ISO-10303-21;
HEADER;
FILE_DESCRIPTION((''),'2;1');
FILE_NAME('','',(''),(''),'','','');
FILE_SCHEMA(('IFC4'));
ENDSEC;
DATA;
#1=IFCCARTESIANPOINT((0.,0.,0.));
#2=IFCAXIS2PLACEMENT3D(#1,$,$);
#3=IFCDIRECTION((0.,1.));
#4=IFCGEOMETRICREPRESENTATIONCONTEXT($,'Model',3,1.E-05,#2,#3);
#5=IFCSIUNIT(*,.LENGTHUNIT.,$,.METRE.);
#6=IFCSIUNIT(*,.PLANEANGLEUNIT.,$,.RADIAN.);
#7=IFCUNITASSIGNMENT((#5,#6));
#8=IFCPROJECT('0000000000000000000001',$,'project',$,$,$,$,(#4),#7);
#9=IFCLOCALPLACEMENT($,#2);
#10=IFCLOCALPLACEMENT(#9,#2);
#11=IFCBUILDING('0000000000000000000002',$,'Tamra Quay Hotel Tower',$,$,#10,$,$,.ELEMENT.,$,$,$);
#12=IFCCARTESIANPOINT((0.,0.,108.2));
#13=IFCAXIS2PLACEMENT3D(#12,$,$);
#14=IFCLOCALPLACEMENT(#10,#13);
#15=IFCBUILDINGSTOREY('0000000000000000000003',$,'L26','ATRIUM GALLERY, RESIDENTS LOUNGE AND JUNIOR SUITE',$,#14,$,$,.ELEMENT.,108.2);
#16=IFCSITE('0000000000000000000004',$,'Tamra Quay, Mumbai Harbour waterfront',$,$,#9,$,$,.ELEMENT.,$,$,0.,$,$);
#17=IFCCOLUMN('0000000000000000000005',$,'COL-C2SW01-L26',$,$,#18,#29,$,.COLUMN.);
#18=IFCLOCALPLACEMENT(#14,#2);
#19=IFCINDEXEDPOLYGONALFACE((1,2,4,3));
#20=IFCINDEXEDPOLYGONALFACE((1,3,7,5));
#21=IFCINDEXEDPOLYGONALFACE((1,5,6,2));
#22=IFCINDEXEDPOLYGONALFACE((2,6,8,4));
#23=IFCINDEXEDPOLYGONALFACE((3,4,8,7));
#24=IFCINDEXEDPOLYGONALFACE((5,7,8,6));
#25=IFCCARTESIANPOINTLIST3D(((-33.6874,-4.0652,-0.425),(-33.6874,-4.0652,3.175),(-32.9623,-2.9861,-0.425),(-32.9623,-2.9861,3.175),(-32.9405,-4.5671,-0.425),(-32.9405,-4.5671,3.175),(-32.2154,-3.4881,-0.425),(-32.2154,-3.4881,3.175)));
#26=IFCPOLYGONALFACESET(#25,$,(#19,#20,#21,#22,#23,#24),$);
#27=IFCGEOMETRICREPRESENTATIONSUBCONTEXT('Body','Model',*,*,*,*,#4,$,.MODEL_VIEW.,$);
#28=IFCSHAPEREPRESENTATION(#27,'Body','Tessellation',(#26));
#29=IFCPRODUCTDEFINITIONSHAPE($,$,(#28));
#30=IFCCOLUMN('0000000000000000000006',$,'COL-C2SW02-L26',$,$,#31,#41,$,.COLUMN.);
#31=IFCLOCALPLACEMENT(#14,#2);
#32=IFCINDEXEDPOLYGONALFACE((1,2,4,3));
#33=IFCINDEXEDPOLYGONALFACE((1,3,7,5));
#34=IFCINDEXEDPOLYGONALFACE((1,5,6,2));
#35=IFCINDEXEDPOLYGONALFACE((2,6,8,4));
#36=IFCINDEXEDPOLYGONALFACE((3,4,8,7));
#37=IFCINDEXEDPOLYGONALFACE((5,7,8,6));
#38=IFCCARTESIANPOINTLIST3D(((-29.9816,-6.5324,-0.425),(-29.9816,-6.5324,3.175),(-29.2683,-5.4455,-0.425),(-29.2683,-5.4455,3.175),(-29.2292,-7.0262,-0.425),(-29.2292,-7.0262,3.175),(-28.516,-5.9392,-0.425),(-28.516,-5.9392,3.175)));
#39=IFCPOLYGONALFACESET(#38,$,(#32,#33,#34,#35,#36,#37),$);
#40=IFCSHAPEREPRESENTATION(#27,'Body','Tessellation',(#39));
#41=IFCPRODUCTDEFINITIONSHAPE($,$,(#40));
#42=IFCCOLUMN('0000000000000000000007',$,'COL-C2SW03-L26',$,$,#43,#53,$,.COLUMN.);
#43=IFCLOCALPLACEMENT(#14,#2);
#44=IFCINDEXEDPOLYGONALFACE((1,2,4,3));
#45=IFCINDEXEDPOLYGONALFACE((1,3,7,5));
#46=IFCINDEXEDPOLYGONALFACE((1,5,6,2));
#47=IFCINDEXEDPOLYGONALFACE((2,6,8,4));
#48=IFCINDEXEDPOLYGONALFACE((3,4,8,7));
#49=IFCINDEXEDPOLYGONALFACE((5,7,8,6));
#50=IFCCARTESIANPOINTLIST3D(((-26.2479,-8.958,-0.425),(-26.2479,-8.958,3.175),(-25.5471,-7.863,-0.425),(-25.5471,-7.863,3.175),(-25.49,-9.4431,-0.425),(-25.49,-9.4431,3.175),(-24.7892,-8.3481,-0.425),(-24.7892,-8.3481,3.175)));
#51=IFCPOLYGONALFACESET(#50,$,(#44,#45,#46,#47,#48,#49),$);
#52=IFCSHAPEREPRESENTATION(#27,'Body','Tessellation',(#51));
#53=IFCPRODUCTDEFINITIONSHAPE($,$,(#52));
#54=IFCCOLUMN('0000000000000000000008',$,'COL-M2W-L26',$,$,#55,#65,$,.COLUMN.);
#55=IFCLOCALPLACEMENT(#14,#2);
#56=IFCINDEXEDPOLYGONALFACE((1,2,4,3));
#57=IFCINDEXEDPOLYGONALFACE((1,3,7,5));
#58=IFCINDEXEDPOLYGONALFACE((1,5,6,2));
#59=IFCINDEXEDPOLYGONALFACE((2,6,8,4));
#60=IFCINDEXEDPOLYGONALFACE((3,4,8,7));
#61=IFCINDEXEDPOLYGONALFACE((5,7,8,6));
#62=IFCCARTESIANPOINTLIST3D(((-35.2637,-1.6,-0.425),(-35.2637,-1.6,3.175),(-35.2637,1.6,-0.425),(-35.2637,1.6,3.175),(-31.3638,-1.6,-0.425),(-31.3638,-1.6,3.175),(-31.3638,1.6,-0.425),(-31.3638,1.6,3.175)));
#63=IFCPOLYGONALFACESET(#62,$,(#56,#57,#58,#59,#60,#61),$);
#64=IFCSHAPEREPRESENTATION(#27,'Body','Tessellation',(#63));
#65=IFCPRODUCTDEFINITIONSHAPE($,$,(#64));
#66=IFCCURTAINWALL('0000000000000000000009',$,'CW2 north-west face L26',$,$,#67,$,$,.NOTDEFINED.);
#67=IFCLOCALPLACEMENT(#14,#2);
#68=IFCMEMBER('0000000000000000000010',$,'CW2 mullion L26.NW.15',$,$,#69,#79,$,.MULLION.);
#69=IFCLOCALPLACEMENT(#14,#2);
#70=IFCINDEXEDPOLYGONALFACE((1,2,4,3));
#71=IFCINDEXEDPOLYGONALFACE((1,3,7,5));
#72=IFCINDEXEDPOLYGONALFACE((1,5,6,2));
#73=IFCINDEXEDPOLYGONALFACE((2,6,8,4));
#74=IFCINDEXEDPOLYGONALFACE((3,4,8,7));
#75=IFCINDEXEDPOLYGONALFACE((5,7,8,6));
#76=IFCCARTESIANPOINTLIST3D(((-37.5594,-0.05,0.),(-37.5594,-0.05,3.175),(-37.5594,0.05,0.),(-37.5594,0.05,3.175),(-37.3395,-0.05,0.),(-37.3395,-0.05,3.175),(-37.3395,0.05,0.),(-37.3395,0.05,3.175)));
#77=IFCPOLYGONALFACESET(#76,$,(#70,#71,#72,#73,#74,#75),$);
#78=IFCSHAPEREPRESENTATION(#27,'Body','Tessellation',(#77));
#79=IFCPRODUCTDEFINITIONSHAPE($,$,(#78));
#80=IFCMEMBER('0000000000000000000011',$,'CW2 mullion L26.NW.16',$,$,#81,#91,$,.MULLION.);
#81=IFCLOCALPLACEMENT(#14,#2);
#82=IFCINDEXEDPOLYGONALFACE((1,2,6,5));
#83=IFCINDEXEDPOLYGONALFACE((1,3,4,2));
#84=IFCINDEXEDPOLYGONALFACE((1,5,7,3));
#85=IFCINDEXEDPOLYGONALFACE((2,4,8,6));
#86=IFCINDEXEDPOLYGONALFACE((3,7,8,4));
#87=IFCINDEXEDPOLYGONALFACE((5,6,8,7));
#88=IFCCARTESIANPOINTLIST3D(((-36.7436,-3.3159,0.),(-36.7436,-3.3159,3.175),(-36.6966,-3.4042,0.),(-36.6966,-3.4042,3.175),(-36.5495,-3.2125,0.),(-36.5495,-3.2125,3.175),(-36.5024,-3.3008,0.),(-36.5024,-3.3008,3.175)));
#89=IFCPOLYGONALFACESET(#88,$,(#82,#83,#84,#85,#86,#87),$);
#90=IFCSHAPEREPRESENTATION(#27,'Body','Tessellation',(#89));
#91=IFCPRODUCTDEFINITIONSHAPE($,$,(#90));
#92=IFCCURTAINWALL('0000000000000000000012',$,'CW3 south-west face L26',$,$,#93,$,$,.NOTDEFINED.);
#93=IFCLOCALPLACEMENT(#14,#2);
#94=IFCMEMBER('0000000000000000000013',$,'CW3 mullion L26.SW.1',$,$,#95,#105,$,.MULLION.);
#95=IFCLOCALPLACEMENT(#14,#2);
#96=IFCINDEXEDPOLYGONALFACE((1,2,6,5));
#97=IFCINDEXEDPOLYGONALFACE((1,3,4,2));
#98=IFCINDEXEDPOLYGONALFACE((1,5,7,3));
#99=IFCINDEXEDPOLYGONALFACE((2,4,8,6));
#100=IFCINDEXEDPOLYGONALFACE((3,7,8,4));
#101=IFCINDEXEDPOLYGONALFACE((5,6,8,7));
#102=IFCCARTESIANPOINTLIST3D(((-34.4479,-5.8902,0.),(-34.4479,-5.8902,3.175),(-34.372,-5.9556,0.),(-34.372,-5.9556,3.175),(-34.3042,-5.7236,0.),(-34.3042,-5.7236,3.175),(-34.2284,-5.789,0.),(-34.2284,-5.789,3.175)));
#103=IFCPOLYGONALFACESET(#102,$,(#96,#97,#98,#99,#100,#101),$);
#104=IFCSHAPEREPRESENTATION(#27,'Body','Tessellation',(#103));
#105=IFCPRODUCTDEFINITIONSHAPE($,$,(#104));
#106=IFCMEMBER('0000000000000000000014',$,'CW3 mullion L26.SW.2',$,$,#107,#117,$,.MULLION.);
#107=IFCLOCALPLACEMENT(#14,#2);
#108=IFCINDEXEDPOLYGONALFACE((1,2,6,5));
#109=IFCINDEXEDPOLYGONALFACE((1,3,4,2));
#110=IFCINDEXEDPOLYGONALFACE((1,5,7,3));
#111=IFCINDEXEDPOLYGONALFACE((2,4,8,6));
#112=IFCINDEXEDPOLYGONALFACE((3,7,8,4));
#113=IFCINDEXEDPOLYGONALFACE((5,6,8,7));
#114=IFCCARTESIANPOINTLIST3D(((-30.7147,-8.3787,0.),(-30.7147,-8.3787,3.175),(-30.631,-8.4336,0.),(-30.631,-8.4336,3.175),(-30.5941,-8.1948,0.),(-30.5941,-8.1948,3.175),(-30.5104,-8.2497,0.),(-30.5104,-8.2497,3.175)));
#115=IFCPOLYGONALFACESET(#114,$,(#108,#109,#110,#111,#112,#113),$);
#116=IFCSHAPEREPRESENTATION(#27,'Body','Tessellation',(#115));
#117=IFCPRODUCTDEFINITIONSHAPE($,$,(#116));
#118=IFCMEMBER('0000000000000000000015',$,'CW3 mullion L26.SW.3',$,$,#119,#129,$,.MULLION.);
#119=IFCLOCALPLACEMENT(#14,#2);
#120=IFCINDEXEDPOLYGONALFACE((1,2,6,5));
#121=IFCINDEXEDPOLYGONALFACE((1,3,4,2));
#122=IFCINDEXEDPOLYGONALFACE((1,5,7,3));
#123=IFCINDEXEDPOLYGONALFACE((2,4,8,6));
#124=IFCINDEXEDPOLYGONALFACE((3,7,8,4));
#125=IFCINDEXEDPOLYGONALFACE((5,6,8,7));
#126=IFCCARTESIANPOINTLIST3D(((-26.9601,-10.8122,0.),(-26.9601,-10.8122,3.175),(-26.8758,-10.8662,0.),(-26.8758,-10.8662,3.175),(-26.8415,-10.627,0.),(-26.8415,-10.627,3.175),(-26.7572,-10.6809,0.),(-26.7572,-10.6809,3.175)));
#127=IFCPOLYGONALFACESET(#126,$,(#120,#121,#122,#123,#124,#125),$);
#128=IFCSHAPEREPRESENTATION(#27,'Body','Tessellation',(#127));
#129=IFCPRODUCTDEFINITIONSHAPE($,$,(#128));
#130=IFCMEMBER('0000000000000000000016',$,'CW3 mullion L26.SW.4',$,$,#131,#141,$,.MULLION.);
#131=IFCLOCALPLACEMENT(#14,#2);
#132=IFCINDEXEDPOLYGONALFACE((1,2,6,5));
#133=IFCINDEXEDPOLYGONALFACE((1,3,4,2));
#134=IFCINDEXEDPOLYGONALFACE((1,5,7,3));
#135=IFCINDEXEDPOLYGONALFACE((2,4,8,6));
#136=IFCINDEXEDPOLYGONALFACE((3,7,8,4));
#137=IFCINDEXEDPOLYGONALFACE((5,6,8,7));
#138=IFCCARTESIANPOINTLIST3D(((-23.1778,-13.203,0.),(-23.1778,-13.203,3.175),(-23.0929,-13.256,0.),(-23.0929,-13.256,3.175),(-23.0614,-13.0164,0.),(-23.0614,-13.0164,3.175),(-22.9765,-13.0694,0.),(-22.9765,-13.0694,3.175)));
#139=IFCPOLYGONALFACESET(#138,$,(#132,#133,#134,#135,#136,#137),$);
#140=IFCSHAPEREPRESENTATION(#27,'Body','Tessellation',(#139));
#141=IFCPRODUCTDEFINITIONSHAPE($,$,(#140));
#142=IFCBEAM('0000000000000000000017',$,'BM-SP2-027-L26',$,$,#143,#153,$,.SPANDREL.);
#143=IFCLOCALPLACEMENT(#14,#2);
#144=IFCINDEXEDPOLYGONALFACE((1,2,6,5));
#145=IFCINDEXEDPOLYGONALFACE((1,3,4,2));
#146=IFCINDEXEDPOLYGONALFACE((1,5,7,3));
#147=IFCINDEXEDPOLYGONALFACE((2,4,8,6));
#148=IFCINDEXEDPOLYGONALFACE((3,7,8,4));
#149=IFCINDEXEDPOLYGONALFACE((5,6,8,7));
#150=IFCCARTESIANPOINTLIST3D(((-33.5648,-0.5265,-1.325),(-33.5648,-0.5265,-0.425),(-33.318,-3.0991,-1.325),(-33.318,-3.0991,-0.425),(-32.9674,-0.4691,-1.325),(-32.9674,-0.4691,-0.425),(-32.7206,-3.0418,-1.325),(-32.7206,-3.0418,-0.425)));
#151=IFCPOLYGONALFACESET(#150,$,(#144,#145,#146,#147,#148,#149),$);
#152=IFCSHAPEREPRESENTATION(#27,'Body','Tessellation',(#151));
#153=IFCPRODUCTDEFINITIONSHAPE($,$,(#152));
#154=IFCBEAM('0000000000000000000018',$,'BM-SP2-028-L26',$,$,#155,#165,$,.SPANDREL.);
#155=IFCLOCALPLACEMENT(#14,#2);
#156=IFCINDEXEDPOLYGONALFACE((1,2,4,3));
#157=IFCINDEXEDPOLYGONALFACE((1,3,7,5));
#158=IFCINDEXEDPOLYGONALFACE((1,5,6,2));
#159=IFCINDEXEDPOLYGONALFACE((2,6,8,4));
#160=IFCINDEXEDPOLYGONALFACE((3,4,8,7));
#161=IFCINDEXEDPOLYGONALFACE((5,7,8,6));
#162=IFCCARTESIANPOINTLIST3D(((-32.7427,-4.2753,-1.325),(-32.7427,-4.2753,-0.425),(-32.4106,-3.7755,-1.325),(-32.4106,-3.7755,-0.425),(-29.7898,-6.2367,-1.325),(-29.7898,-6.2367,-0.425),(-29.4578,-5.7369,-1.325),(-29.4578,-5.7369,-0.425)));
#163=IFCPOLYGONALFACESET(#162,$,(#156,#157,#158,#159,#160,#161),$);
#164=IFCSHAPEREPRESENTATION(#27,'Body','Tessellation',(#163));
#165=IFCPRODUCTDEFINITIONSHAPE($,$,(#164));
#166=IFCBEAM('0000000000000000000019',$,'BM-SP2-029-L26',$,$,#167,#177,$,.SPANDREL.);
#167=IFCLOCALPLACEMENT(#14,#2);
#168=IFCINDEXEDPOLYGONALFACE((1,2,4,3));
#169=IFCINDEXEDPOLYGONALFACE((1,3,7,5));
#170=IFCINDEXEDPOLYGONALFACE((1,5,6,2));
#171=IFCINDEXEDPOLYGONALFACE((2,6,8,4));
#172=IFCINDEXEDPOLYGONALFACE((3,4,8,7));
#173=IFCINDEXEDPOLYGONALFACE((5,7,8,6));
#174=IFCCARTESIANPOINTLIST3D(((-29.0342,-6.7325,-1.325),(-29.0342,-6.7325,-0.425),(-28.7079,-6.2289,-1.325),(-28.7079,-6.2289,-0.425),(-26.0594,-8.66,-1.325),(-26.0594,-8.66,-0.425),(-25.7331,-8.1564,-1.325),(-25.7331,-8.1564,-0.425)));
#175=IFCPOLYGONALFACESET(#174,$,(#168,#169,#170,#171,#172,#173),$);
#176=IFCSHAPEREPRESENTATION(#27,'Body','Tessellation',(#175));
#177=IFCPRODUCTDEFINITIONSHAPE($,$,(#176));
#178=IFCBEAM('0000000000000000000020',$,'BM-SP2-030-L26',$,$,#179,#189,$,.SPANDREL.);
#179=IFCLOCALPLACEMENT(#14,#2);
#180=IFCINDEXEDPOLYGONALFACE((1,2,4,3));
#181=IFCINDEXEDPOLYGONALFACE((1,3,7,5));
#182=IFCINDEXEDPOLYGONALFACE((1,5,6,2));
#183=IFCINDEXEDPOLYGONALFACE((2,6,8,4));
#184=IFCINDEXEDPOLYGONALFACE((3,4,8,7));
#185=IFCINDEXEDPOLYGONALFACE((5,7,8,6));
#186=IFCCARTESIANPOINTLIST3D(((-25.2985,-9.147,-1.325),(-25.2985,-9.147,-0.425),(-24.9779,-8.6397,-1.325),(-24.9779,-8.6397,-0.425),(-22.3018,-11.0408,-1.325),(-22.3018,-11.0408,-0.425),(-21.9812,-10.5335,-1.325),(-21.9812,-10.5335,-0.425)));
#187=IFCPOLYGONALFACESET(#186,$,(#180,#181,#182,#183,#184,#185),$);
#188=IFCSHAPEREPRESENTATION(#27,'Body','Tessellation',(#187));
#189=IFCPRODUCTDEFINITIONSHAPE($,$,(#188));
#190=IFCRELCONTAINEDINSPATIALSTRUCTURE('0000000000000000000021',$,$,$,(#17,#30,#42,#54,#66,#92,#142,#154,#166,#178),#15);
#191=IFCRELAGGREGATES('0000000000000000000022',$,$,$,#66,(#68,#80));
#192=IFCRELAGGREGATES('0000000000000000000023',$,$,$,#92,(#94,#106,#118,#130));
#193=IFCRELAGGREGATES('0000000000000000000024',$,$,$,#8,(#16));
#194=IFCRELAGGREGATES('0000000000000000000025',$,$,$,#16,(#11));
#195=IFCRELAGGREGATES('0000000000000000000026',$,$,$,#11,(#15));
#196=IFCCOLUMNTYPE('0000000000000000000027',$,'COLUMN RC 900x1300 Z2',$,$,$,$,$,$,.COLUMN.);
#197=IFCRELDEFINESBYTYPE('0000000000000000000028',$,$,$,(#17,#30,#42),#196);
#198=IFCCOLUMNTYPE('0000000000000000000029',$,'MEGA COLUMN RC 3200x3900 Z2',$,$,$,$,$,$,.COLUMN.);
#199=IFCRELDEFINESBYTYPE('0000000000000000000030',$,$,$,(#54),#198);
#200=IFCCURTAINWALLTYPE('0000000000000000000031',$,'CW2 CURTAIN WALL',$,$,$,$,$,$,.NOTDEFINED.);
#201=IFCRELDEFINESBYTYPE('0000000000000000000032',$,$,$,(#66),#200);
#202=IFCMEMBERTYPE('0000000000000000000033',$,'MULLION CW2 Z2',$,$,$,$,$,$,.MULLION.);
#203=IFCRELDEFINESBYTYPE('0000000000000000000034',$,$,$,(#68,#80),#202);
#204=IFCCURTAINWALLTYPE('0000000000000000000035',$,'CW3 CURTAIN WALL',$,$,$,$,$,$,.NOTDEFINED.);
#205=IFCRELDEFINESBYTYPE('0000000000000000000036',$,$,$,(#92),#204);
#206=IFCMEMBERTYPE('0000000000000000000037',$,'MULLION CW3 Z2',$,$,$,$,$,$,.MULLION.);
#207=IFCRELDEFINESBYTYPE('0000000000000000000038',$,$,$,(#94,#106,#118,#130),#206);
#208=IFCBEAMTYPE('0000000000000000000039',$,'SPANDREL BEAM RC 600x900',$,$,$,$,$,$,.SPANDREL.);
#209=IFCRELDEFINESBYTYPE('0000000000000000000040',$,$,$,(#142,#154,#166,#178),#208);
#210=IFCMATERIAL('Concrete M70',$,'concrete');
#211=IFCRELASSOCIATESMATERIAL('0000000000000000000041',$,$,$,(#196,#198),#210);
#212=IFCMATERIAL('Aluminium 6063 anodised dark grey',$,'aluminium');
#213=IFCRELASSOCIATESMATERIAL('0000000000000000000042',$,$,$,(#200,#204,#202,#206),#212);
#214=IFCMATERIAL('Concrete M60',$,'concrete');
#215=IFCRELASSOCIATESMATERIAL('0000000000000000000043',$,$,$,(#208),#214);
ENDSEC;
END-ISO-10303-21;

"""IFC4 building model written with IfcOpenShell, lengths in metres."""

from ifc_helpers import new_model, si_unit, direction, frame, origin, origin_2d, place, context, subcontext, project, spatial, rectangle, extrude, material, material_profile, profile_set, type_object, element, aggregate, save


model = new_model("IFC4")

# Units and contexts
model_context = context("Model", 3, precision=1e-05, world=origin(), true_north=direction((0.0, 1.0)))
body_context = subcontext(model_context, "Body", "Model", "MODEL_VIEW")
ifc_project = project(units=[si_unit("LENGTHUNIT", "METRE"), si_unit("PLANEANGLEUNIT", "RADIAN")], contexts=[model_context])

# Site, building, storey
site_placement = place(None, origin())
site = spatial("IfcSite", under=ifc_project, at=site_placement, Name="Tamra Quay, Mumbai Harbour waterfront", CompositionType="ELEMENT", RefElevation=0.0)
building_placement = place(site_placement, origin())
building = spatial("IfcBuilding", under=site, at=building_placement, Name="Tamra Quay Hotel Tower", CompositionType="ELEMENT")
storey_placement = place(building_placement, frame((0.0, 0.0, 108.2)))
storey = spatial("IfcBuildingStorey", under=building, at=storey_placement, Name="L26", Description="ATRIUM GALLERY, RESIDENTS LOUNGE AND JUNIOR SUITE", CompositionType="ELEMENT", Elevation=108.2)

# Columns
ifc_material_1 = material(Name="Concrete M70", Category="concrete")
ifc_material_profile_1 = material_profile(ifc_material_1, rectangle(XDim=1.3, YDim=0.8999, at=origin_2d()), Name="COLUMN RC 900x1300 Z2")
ifc_profile_set_1 = profile_set([ifc_material_profile_1], Name="Concrete M70")
column_type_1 = type_object("IfcColumnType", Name="COLUMN RC 900x1300 Z2", PredefinedType="COLUMN", material=ifc_profile_set_1)
for number, where, z_axis, x_axis, name in (
    (1, (-32.9514, -3.7766, -0.425), (0.0, 0.0, 1.0), (0.557767, 0.829998, 0.0), "COL-C2SW01-L26"),
    (2, (-29.2488, -6.2358, -0.425), (0.0, 0.0, 1.0), (0.548641, 0.836058, 0.0), "COL-C2SW02-L26"),
    (3, (-25.5186, -8.6531, -0.425), (0.0, 0.0, 1.0), (0.539065, 0.842264, 0.0), "COL-C2SW03-L26"),
):
    element("IfcColumn", number, at=place(storey_placement, frame(where, z_axis=z_axis, x_axis=x_axis)), inside=storey, type_object=column_type_1, Name=name, PredefinedType="COLUMN", context=body_context, shape_type="SweptSolid", body=[
        extrude(rectangle(XDim=1.3, YDim=0.8999, at=origin_2d()), origin(), (0.0, 0.0, 1.0), 3.6001),
    ])
ifc_material_profile_2 = material_profile(ifc_material_1, rectangle(XDim=3.8999, YDim=3.2, at=origin_2d()), Name="MEGA COLUMN RC 3200x3900 Z2")
ifc_profile_set_2 = profile_set([ifc_material_profile_2], Name="Concrete M70")
column_type_2 = type_object("IfcColumnType", Name="MEGA COLUMN RC 3200x3900 Z2", PredefinedType="COLUMN", material=ifc_profile_set_2)
column_placement = place(storey_placement, frame((-33.3137, 0.0, -0.425), z_axis=(0.0, 0.0, 1.0), x_axis=(1.0, 0.0, 0.0)))
element("IfcColumn", 4, at=column_placement, inside=storey, type_object=column_type_2, Name="COL-M2W-L26", PredefinedType="COLUMN", context=body_context, shape_type="SweptSolid", body=[
    extrude(rectangle(XDim=3.8999, YDim=3.2, at=origin_2d()), origin(), (0.0, 0.0, 1.0), 3.6001),
])

# Curtain walls, members
ifc_material_2 = material(Name="Aluminium 6063 anodised dark grey", Category="aluminium")
curtain_wall_type_1 = type_object("IfcCurtainWallType", Name="CW2 CURTAIN WALL", PredefinedType="NOTDEFINED", material=ifc_material_2)
curtain_wall_1_placement = place(storey_placement, origin())
curtain_wall_1 = element("IfcCurtainWall", 5, at=curtain_wall_1_placement, inside=storey, type_object=curtain_wall_type_1, Name="CW2 north-west face L26", PredefinedType="NOTDEFINED")
ifc_material_profile_3 = material_profile(ifc_material_2, rectangle(XDim=0.22, YDim=0.1001, at=origin_2d()), Name="MULLION 100X220")
ifc_profile_set_3 = profile_set([ifc_material_profile_3], Name="Aluminium 6063 anodised dark grey")
member_type_1 = type_object("IfcMemberType", Name="MULLION CW2 Z2", PredefinedType="MULLION", material=ifc_profile_set_3)
member_1_placement = place(storey_placement, frame((-37.4495, 0.0, 0.0), z_axis=(0.0, 0.0, 1.0), x_axis=(-1.0, 0.0, 0.0)))
member_1 = element("IfcMember", 6, at=member_1_placement, type_object=member_type_1, Name="CW2 mullion L26.NW.15", PredefinedType="MULLION", context=body_context, shape_type="SweptSolid", body=[
    extrude(rectangle(XDim=0.22, YDim=0.1001, at=origin_2d()), origin(), (0.0, 0.0, 1.0), 3.175),
])
member_2_placement = place(storey_placement, frame((-36.623, -3.3083, 0.0), z_axis=(0.0, 0.0, 1.0), x_axis=(-0.882544, -0.47023, 0.0)))
member_2 = element("IfcMember", 7, at=member_2_placement, type_object=member_type_1, Name="CW2 mullion L26.NW.16", PredefinedType="MULLION", context=body_context, shape_type="SweptSolid", body=[
    extrude(rectangle(XDim=0.22, YDim=0.1001, at=origin_2d()), origin(), (0.0, 0.0, 1.0), 3.175),
])
curtain_wall_type_2 = type_object("IfcCurtainWallType", Name="CW3 CURTAIN WALL", PredefinedType="NOTDEFINED", material=ifc_material_2)
curtain_wall_2_placement = place(storey_placement, origin())
curtain_wall_2 = element("IfcCurtainWall", 8, at=curtain_wall_2_placement, inside=storey, type_object=curtain_wall_type_2, Name="CW3 south-west face L26", PredefinedType="NOTDEFINED")
ifc_material_profile_4 = material_profile(ifc_material_2, rectangle(XDim=0.22, YDim=0.1001, at=origin_2d()), Name="MULLION 100X220")
ifc_profile_set_4 = profile_set([ifc_material_profile_4], Name="Aluminium 6063 anodised dark grey")
member_type_2 = type_object("IfcMemberType", Name="MULLION CW3 Z2", PredefinedType="MULLION", material=ifc_profile_set_4)
member_3_placement = place(storey_placement, frame((-34.3381, -5.8396, 0.0), z_axis=(0.0, 0.0, 1.0), x_axis=(-0.652887, -0.757455, 0.0)))
member_3 = element("IfcMember", 9, at=member_3_placement, type_object=member_type_2, Name="CW3 mullion L26.SW.1", PredefinedType="MULLION", context=body_context, shape_type="SweptSolid", body=[
    extrude(rectangle(XDim=0.22, YDim=0.1001, at=origin_2d()), origin(), (0.0, 0.0, 1.0), 3.175),
])
member_4_placement = place(storey_placement, frame((-30.6125, -8.3142, 0.0), z_axis=(0.0, 0.0, 1.0), x_axis=(-0.548547, -0.836119, 0.0)))
member_4 = element("IfcMember", 10, at=member_4_placement, type_object=member_type_2, Name="CW3 mullion L26.SW.2", PredefinedType="MULLION", context=body_context, shape_type="SweptSolid", body=[
    extrude(rectangle(XDim=0.22, YDim=0.1001, at=origin_2d()), origin(), (0.0, 0.0, 1.0), 3.175),
])
member_5_placement = place(storey_placement, frame((-26.8586, -10.7466, 0.0), z_axis=(0.0, 0.0, 1.0), x_axis=(-0.538999, -0.842307, 0.0)))
member_5 = element("IfcMember", 11, at=member_5_placement, type_object=member_type_2, Name="CW3 mullion L26.SW.3", PredefinedType="MULLION", context=body_context, shape_type="SweptSolid", body=[
    extrude(rectangle(XDim=0.22, YDim=0.1001, at=origin_2d()), origin(), (0.0, 0.0, 1.0), 3.175),
])
member_6_placement = place(storey_placement, frame((-23.0771, -13.1362, 0.0), z_axis=(0.0, 0.0, 1.0), x_axis=(-0.529364, -0.848395, 0.0)))
member_6 = element("IfcMember", 12, at=member_6_placement, type_object=member_type_2, Name="CW3 mullion L26.SW.4", PredefinedType="MULLION", context=body_context, shape_type="SweptSolid", body=[
    extrude(rectangle(XDim=0.22, YDim=0.1001, at=origin_2d()), origin(), (0.0, 0.0, 1.0), 3.175),
])

# Beams
ifc_material_3 = material(Name="Concrete M60", Category="concrete")
ifc_material_profile_5 = material_profile(ifc_material_3, rectangle(XDim=0.6001, YDim=0.8999, at=origin_2d()), Name="SPANDREL BEAM RC 600x900")
ifc_profile_set_5 = profile_set([ifc_material_profile_5], Name="Concrete M60")
beam_type = type_object("IfcBeamType", Name="SPANDREL BEAM RC 600x900", PredefinedType="SPANDREL", material=ifc_profile_set_5)
beam_1_placement = place(storey_placement, frame((-33.2661, -0.4978, -0.875), z_axis=(0.0955, -0.995429, 0.0), x_axis=(0.995429, 0.0955, 0.0)))
element("IfcBeam", 13, at=beam_1_placement, inside=storey, type_object=beam_type, Name="BM-SP2-027-L26", PredefinedType="SPANDREL", context=body_context, shape_type="SweptSolid", body=[
    extrude(rectangle(XDim=0.6001, YDim=0.8999, at=origin_2d()), origin(), (0.0, 0.0, 1.0), 2.5845),
])
beam_2_placement = place(storey_placement, frame((-32.5767, -4.0254, -0.875), z_axis=(0.832982, -0.553301, 0.0), x_axis=(0.553301, 0.832982, 0.0)))
element("IfcBeam", 14, at=beam_2_placement, inside=storey, type_object=beam_type, Name="BM-SP2-028-L26", PredefinedType="SPANDREL", context=body_context, shape_type="SweptSolid", body=[
    extrude(rectangle(XDim=0.6001, YDim=0.8999, at=origin_2d()), origin(), (0.0, 0.0, 1.0), 3.5449),
])
beam_3_placement = place(storey_placement, frame((-28.8711, -6.4807, -0.875), z_axis=(0.839237, -0.543765, 0.0), x_axis=(0.543765, 0.839237, 0.0)))
element("IfcBeam", 15, at=beam_3_placement, inside=storey, type_object=beam_type, Name="BM-SP2-029-L26", PredefinedType="SPANDREL", context=body_context, shape_type="SweptSolid", body=[
    extrude(rectangle(XDim=0.6001, YDim=0.8999, at=origin_2d()), origin(), (0.0, 0.0, 1.0), 3.5447),
])
beam_4_placement = place(storey_placement, frame((-25.1382, -8.8933, -0.875), z_axis=(0.845333, -0.534239, 0.0), x_axis=(0.534239, 0.845333, 0.0)))
element("IfcBeam", 16, at=beam_4_placement, inside=storey, type_object=beam_type, Name="BM-SP2-030-L26", PredefinedType="SPANDREL", context=body_context, shape_type="SweptSolid", body=[
    extrude(rectangle(XDim=0.6001, YDim=0.8999, at=origin_2d()), origin(), (0.0, 0.0, 1.0), 3.5449),
])

aggregate(curtain_wall_1, [member_1, member_2])
aggregate(curtain_wall_2, [member_3, member_4, member_5, member_6])

save(model, "model.ifc")
